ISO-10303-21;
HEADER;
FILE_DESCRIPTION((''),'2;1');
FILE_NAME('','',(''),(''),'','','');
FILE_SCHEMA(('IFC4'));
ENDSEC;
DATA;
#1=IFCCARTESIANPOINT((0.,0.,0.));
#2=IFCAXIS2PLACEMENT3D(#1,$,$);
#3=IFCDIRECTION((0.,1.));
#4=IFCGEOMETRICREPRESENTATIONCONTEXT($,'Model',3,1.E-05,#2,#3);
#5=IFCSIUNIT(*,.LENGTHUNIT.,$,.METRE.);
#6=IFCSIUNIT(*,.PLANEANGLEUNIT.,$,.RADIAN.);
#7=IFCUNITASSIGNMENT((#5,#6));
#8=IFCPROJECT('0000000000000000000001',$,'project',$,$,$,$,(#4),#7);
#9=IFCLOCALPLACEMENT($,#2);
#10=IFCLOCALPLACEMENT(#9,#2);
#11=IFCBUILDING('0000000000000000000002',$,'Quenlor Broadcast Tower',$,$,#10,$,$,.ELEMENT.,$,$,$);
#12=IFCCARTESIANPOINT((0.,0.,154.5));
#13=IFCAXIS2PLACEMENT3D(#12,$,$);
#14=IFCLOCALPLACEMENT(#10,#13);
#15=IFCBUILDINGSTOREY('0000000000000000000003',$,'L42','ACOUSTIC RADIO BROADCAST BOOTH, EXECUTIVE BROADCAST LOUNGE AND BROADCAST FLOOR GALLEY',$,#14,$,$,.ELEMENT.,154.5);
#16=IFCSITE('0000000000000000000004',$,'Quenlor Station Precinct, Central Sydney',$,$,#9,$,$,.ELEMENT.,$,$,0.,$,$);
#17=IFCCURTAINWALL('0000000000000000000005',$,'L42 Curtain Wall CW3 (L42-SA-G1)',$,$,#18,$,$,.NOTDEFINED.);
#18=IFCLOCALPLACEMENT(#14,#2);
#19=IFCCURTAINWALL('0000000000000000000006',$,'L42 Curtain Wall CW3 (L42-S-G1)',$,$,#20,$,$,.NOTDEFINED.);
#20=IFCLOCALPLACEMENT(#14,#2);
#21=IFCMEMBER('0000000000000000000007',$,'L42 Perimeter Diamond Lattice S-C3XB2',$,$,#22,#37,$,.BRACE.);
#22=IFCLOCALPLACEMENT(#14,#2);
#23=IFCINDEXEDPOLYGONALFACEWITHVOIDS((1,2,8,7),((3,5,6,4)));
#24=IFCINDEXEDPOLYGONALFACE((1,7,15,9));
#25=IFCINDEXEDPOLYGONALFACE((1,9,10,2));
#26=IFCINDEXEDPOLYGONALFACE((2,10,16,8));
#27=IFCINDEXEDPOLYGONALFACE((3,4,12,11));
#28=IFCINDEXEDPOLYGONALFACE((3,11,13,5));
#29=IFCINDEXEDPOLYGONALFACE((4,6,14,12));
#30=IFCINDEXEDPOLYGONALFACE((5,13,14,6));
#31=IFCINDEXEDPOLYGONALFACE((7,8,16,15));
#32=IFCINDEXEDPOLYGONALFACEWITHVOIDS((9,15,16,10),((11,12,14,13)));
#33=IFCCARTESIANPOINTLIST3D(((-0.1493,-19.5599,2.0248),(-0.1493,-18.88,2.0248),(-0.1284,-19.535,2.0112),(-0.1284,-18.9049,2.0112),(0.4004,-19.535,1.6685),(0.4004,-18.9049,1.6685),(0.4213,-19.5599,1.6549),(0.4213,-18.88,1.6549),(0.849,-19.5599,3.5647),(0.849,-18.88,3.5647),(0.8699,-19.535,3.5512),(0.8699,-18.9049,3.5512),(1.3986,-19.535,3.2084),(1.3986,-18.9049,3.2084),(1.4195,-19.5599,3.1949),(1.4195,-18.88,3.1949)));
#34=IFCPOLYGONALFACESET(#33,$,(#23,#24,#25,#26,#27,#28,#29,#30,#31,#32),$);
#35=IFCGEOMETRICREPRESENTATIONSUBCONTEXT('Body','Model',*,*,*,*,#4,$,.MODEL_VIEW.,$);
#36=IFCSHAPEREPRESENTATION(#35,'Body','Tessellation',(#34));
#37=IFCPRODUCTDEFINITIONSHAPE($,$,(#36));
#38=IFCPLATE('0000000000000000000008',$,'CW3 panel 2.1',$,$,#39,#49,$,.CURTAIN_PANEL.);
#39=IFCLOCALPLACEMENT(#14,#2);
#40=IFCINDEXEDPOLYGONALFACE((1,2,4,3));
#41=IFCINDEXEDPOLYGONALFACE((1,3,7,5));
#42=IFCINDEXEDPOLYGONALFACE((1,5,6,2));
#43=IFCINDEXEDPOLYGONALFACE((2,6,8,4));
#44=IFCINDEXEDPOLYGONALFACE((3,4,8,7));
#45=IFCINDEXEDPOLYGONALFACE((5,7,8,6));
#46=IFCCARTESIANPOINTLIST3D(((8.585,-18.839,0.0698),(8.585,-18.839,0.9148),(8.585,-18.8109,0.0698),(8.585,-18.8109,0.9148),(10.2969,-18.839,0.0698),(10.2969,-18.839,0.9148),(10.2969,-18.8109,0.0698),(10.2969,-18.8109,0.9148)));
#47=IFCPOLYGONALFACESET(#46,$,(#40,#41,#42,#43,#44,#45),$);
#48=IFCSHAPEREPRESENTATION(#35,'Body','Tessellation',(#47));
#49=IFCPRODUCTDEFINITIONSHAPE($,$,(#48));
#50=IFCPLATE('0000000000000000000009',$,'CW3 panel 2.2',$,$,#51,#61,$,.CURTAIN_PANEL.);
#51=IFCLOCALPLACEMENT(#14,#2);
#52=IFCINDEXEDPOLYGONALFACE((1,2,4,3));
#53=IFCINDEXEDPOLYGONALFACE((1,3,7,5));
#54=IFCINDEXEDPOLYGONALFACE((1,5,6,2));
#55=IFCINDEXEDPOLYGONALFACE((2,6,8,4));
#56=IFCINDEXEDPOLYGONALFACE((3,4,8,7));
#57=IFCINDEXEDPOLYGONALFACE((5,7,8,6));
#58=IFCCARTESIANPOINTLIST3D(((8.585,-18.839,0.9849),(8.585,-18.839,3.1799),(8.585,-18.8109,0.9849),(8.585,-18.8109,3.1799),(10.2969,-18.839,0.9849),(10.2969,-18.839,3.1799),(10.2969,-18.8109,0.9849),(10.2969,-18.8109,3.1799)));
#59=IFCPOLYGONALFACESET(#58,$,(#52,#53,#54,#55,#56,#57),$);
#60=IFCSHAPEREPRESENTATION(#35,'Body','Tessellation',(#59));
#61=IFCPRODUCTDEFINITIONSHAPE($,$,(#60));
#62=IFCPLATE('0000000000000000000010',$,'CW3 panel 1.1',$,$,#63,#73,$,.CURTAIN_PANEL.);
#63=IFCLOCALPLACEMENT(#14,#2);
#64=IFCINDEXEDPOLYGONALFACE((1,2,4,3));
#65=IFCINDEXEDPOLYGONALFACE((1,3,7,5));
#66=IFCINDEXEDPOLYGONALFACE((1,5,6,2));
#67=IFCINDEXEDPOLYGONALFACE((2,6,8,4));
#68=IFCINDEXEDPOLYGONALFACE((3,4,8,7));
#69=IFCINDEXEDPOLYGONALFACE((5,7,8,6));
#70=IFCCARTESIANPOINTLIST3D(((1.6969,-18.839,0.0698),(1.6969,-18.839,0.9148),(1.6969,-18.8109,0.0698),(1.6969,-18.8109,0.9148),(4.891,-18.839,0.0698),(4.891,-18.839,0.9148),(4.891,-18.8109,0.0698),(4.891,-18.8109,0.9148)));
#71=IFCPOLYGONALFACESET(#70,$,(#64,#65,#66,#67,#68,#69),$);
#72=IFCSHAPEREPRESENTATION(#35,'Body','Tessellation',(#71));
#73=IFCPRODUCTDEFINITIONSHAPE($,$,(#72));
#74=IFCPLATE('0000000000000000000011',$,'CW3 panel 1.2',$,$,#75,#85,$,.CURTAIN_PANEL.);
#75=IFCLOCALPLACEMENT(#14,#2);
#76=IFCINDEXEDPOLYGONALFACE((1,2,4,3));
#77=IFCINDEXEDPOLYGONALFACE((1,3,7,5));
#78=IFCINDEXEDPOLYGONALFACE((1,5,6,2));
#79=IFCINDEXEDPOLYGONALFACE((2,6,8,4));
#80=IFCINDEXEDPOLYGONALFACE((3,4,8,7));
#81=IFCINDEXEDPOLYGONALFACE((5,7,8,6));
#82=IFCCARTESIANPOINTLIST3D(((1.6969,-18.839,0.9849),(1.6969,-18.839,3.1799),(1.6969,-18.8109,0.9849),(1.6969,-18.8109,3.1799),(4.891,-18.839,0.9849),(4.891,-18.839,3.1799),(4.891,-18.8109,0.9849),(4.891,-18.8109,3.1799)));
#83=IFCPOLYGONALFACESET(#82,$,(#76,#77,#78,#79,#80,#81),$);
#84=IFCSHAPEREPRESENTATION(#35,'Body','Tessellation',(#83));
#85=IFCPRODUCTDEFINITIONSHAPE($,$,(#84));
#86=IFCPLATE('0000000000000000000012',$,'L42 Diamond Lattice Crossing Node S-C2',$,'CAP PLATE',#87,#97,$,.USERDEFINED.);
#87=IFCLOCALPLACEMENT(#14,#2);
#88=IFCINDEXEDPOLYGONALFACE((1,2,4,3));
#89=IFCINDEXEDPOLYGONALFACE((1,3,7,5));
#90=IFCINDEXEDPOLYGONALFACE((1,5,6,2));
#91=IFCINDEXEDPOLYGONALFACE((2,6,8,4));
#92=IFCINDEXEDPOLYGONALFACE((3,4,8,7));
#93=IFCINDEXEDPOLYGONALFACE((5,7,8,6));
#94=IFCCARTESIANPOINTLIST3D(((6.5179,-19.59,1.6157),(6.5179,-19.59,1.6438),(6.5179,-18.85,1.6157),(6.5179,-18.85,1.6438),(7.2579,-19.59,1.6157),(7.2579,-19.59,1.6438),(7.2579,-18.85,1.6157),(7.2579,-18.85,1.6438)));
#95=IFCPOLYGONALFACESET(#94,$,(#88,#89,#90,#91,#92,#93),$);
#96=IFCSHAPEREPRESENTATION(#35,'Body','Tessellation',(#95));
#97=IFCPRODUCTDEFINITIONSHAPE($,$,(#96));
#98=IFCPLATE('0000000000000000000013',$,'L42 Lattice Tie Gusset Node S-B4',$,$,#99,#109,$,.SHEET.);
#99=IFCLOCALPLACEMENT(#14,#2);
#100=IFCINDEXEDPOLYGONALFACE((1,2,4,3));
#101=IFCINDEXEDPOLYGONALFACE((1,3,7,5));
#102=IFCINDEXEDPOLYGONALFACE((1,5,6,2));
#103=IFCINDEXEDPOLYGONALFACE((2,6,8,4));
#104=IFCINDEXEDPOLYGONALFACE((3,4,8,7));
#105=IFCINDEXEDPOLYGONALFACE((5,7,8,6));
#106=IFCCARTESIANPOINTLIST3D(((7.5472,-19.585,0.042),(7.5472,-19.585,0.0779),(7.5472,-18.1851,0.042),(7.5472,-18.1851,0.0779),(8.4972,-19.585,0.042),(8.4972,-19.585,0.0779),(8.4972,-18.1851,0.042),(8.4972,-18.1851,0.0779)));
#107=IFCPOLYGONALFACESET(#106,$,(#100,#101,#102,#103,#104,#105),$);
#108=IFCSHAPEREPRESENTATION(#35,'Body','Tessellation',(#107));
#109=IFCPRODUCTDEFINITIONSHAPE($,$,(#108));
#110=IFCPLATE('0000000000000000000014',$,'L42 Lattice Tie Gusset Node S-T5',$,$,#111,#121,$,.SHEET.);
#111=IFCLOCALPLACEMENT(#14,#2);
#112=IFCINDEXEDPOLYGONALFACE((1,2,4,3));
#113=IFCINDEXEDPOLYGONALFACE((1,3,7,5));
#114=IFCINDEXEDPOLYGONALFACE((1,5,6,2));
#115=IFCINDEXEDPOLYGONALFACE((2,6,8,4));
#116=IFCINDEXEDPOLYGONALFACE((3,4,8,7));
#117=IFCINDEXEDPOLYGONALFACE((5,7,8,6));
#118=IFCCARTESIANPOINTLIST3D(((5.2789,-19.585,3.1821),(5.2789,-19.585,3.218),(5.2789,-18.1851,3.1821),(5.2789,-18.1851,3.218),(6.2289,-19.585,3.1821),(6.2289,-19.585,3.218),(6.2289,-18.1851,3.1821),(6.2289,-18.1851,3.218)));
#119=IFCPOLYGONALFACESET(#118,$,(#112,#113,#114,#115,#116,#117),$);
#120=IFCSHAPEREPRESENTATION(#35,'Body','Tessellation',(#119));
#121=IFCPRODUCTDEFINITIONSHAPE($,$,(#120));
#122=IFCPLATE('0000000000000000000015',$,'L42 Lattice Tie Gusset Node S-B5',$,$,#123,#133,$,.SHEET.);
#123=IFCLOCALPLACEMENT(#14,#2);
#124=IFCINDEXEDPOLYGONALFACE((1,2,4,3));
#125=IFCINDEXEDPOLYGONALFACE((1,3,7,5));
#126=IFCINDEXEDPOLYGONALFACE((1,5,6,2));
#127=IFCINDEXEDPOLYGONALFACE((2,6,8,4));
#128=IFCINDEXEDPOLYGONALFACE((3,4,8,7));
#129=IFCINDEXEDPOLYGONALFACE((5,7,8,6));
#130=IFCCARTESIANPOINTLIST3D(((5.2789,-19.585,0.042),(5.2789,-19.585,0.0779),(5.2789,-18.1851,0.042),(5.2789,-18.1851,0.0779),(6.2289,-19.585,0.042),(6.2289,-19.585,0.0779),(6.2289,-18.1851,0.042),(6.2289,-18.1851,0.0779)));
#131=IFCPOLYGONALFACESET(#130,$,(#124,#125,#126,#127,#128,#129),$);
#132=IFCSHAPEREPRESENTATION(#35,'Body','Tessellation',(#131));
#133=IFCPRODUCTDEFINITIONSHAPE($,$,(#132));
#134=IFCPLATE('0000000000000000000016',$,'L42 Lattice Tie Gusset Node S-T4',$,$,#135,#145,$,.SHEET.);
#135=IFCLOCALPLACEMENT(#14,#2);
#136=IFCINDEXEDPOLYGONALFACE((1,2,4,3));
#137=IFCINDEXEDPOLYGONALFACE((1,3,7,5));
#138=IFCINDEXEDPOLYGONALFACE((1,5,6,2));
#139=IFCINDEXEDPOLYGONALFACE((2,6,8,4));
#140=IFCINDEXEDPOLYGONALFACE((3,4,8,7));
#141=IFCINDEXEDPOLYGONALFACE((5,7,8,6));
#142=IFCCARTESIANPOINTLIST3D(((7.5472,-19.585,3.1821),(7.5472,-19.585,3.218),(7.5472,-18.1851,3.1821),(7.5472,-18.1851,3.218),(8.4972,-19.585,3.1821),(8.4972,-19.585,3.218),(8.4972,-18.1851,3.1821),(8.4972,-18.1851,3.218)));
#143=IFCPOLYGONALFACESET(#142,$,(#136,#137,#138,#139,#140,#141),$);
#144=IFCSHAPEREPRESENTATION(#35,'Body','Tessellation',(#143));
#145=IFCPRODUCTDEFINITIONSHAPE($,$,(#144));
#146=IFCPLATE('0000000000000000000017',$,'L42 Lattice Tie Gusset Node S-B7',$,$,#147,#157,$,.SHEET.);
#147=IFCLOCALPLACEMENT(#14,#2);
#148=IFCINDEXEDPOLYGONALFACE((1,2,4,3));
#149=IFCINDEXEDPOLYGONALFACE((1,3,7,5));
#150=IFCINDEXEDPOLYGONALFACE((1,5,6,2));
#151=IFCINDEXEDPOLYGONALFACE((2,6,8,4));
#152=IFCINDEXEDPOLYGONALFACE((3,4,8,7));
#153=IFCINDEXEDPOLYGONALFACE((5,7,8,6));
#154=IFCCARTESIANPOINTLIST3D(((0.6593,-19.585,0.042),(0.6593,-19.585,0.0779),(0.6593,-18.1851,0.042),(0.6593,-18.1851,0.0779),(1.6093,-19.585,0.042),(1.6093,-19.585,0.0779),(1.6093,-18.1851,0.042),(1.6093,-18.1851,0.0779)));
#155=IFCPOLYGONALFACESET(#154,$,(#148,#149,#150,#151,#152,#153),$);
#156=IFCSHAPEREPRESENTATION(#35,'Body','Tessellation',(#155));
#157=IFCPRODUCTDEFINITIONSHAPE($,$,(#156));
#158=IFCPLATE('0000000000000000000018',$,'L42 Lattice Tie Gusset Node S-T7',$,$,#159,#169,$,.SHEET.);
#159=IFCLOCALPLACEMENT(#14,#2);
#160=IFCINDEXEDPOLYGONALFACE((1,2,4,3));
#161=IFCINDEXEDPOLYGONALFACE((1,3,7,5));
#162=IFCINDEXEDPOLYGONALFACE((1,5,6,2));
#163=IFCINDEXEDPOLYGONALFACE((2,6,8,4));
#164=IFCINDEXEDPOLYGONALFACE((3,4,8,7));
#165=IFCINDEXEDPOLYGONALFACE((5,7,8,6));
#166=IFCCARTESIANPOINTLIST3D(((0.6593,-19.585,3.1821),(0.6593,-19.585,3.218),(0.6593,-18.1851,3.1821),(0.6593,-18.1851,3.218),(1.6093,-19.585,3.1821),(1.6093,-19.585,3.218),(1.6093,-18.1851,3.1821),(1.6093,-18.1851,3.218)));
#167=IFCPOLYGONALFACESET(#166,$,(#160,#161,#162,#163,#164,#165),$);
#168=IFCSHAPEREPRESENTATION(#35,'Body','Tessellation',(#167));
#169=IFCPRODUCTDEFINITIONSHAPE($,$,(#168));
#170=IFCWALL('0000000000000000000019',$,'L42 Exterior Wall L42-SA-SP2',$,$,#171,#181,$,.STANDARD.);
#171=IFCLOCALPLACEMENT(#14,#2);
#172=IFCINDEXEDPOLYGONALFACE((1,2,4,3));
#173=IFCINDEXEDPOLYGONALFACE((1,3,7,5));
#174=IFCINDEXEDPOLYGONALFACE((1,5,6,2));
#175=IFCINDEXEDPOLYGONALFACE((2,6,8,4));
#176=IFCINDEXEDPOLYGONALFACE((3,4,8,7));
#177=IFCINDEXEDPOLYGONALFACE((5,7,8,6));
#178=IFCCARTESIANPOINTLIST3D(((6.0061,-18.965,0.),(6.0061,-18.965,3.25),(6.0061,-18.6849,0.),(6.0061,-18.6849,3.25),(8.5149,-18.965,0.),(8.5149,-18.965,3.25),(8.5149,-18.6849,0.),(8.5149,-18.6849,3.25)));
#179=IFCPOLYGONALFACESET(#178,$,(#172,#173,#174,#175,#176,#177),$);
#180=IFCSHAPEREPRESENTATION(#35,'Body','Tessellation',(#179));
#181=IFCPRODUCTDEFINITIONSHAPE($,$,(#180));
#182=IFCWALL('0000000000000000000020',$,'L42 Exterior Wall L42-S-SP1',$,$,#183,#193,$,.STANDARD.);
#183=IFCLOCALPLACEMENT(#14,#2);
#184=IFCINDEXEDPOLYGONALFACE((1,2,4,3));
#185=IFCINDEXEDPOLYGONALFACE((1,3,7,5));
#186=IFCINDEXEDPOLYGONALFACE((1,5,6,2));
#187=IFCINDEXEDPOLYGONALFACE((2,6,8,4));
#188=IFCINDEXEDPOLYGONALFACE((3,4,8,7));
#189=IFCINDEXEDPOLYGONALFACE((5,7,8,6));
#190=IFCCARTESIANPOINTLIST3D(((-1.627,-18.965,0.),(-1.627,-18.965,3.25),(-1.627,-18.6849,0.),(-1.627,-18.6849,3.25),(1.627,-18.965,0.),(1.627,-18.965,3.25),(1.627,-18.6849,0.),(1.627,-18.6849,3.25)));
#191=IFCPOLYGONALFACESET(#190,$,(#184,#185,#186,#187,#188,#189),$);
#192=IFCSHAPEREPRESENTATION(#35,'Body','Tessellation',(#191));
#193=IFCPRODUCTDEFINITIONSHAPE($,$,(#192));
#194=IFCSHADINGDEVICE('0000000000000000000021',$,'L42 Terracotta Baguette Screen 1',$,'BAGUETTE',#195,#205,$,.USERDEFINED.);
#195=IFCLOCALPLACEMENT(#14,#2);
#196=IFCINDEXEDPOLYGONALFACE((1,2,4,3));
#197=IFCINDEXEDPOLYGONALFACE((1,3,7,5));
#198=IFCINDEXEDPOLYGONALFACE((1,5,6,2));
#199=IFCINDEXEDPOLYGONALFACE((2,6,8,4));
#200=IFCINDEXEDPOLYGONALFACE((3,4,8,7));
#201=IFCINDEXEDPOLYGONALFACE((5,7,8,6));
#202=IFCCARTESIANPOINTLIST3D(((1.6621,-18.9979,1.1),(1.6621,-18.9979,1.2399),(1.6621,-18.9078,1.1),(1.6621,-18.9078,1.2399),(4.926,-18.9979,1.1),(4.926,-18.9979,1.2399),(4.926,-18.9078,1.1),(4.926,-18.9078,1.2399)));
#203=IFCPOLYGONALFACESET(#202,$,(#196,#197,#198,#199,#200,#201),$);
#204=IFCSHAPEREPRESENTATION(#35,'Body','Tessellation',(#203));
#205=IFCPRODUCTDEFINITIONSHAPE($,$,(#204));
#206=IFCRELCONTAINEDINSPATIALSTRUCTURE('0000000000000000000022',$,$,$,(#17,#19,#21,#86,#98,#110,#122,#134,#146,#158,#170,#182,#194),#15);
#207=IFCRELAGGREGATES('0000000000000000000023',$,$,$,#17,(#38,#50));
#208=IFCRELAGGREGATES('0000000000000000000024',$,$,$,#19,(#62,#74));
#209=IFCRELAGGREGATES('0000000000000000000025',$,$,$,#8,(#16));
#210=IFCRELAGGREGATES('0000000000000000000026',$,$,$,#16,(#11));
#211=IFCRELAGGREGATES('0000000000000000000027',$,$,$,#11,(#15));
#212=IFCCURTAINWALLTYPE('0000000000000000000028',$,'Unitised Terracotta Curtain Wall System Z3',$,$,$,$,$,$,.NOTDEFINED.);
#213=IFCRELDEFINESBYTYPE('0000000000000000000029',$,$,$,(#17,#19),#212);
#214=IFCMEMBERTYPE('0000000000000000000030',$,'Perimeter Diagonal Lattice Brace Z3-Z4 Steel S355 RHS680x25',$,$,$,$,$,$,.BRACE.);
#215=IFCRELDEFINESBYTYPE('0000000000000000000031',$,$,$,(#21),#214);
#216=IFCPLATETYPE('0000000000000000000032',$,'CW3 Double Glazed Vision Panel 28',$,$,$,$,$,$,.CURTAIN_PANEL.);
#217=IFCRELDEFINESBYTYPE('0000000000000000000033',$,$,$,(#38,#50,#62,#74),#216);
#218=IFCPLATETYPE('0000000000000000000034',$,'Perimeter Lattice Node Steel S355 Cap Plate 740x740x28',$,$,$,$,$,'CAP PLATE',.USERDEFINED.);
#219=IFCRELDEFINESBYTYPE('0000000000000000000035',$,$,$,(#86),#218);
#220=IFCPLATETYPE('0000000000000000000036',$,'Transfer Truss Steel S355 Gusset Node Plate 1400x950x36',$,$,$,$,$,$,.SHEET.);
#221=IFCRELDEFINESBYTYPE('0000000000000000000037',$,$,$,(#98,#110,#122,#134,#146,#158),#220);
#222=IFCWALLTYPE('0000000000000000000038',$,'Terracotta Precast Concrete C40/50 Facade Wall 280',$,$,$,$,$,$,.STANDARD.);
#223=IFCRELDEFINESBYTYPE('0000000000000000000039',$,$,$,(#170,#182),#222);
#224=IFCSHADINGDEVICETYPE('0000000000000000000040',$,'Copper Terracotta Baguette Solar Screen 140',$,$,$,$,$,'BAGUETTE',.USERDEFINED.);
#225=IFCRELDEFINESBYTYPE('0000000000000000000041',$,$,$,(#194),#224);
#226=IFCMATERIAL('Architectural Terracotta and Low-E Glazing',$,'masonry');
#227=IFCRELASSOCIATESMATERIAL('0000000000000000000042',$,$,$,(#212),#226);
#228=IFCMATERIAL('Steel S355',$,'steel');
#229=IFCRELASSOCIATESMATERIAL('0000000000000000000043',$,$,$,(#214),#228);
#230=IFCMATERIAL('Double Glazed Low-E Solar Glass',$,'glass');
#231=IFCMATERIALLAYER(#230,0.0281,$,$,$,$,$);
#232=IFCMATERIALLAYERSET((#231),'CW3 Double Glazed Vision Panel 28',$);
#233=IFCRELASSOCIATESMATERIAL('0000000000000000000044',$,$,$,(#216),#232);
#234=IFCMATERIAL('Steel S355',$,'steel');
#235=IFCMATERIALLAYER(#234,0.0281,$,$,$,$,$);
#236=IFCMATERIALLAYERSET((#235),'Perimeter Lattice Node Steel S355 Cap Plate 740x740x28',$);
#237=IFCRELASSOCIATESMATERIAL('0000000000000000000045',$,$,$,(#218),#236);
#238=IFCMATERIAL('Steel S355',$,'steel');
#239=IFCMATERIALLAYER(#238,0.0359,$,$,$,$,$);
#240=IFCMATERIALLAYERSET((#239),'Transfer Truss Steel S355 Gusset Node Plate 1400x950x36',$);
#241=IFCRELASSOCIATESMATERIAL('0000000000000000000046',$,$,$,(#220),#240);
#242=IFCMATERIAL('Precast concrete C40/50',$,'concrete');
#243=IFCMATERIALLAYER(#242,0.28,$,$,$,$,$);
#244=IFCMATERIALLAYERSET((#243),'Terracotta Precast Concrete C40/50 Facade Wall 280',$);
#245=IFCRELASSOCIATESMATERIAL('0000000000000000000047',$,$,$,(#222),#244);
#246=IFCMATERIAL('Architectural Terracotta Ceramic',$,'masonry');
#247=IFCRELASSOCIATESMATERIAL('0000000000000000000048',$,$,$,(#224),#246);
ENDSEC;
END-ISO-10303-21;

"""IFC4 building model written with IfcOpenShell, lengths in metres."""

from ifc_helpers import new_model, si_unit, direction, frame, frame_2d, origin, origin_2d, place, context, subcontext, project, spatial, rectangle, hollow_rectangle, extrude, material, layer, layer_set, material_profile, profile_set, type_object, element, aggregate, save


model = new_model("IFC4")

# Units and contexts
model_context = context("Model", 3, precision=1e-05, world=origin(), true_north=direction((0.0, 1.0)))
body_context = subcontext(model_context, "Body", "Model", "MODEL_VIEW")
ifc_project = project(units=[si_unit("LENGTHUNIT", "METRE"), si_unit("PLANEANGLEUNIT", "RADIAN")], contexts=[model_context])

# Site, building, storey
site_placement = place(None, origin())
site = spatial("IfcSite", under=ifc_project, at=site_placement, Name="Quenlor Station Precinct, Central Sydney", CompositionType="ELEMENT", RefElevation=0.0)
building_placement = place(site_placement, origin())
building = spatial("IfcBuilding", under=site, at=building_placement, Name="Quenlor Broadcast Tower", CompositionType="ELEMENT")
storey_placement = place(building_placement, frame((0.0, 0.0, 154.5)))
storey = spatial("IfcBuildingStorey", under=building, at=storey_placement, Name="L42", Description="ACOUSTIC RADIO BROADCAST BOOTH, EXECUTIVE BROADCAST LOUNGE AND BROADCAST FLOOR GALLEY", CompositionType="ELEMENT", Elevation=154.5)

# Curtain wall
ifc_material_1 = material(Name="Architectural Terracotta and Low-E Glazing", Category="masonry")
curtain_wall_type = type_object("IfcCurtainWallType", Name="Unitised Terracotta Curtain Wall System Z3", PredefinedType="NOTDEFINED", material=ifc_material_1)
curtain_wall_1_placement = place(storey_placement, origin())
curtain_wall_1 = element("IfcCurtainWall", 1, at=curtain_wall_1_placement, inside=storey, type_object=curtain_wall_type, Name="L42 Curtain Wall CW3 (L42-SA-G1)", PredefinedType="NOTDEFINED")

# Curtain wall
curtain_wall_2_placement = place(storey_placement, origin())
curtain_wall_2 = element("IfcCurtainWall", 2, at=curtain_wall_2_placement, inside=storey, type_object=curtain_wall_type, Name="L42 Curtain Wall CW3 (L42-S-G1)", PredefinedType="NOTDEFINED")

# Member
ifc_material_2 = material(Name="Steel S355", Category="steel")
ifc_material_profile_1 = material_profile(ifc_material_2, hollow_rectangle(XDim=0.6799, YDim=0.6799, WallThickness=0.0249, at=origin_2d()))
ifc_profile_set_1 = profile_set([ifc_material_profile_1], Name="Steel S355 RHS680x680x25")
member_type_1 = type_object("IfcMemberType", Name="Perimeter Diagonal Lattice Brace Z3-Z4 Steel S355 RHS680x25", PredefinedType="BRACE", material=ifc_profile_set_1)
member_1_placement = place(storey_placement, frame((0.136, -19.22, 1.8398), z_axis=(0.543941, 0.0, 0.839124), x_axis=(0.0, 1.0, 0.0)))
element("IfcMember", 3, at=member_1_placement, inside=storey, type_object=member_type_1, Name="L42 Perimeter Diamond Lattice S-C3XB2", PredefinedType="BRACE", context=body_context, shape_type="SweptSolid", body=[
    extrude(hollow_rectangle(XDim=0.6799, YDim=0.6799, WallThickness=0.0249, at=origin_2d()), origin(), (0.0, 0.0, 1.0), 1.8352),
])

# Plates
ifc_material_3 = material(Name="Double Glazed Low-E Solar Glass", Category="glass")
ifc_layer_1 = layer(ifc_material_3, 0.0281)
ifc_layer_set_1 = layer_set([ifc_layer_1], Name="CW3 Double Glazed Vision Panel 28")
plate_type_1 = type_object("IfcPlateType", Name="CW3 Double Glazed Vision Panel 28", PredefinedType="CURTAIN_PANEL", material=ifc_layer_set_1)
plate_1_placement = place(storey_placement, frame((9.4409, -18.825, 0.0698), z_axis=(0.0, 0.0, 1.0), x_axis=(-1.0, 0.0, 0.0)))
plate_1 = element("IfcPlate", 4, at=plate_1_placement, type_object=plate_type_1, Name="CW3 panel 2.1", PredefinedType="CURTAIN_PANEL", context=body_context, shape_type="SweptSolid", body=[
    extrude(rectangle(XDim=1.7119, YDim=0.0281, at=origin_2d()), origin(), (0.0, 0.0, 1.0), 0.845),
])
plate_2_placement = place(storey_placement, frame((9.4409, -18.825, 0.9849), z_axis=(0.0, 0.0, 1.0), x_axis=(-1.0, 0.0, 0.0)))
plate_2 = element("IfcPlate", 5, at=plate_2_placement, type_object=plate_type_1, Name="CW3 panel 2.2", PredefinedType="CURTAIN_PANEL", context=body_context, shape_type="SweptSolid", body=[
    extrude(rectangle(XDim=1.7119, YDim=0.0281, at=origin_2d()), origin(), (0.0, 0.0, 1.0), 2.1951),
])
aggregate(curtain_wall_1, [plate_1, plate_2])
plate_3_placement = place(storey_placement, frame((3.2939, -18.825, 0.0698), z_axis=(0.0, 0.0, 1.0), x_axis=(-1.0, 0.0, 0.0)))
plate_3 = element("IfcPlate", 6, at=plate_3_placement, type_object=plate_type_1, Name="CW3 panel 1.1", PredefinedType="CURTAIN_PANEL", context=body_context, shape_type="SweptSolid", body=[
    extrude(rectangle(XDim=3.1941, YDim=0.0281, at=origin_2d()), origin(), (0.0, 0.0, 1.0), 0.845),
])
plate_4_placement = place(storey_placement, frame((3.2939, -18.825, 0.9849), z_axis=(0.0, 0.0, 1.0), x_axis=(-1.0, 0.0, 0.0)))
plate_4 = element("IfcPlate", 7, at=plate_4_placement, type_object=plate_type_1, Name="CW3 panel 1.2", PredefinedType="CURTAIN_PANEL", context=body_context, shape_type="SweptSolid", body=[
    extrude(rectangle(XDim=3.1941, YDim=0.0281, at=origin_2d()), origin(), (0.0, 0.0, 1.0), 2.1951),
])
aggregate(curtain_wall_2, [plate_3, plate_4])

# Plates
ifc_material_4 = material(Name="Steel S355", Category="steel")
ifc_layer_2 = layer(ifc_material_4, 0.0281)
ifc_layer_set_2 = layer_set([ifc_layer_2], Name="Perimeter Lattice Node Steel S355 Cap Plate 740x740x28")
plate_type_2 = type_object("IfcPlateType", Name="Perimeter Lattice Node Steel S355 Cap Plate 740x740x28", ElementType="CAP PLATE", PredefinedType="USERDEFINED", material=ifc_layer_set_2)
plate_5_placement = place(storey_placement, frame((6.8879, -19.22, 1.6157), z_axis=(0.0, 0.0, 1.0), x_axis=(-1.0, 0.0, 0.0)))
element("IfcPlate", 8, at=plate_5_placement, inside=storey, type_object=plate_type_2, Name="L42 Diamond Lattice Crossing Node S-C2", ObjectType="CAP PLATE", PredefinedType="USERDEFINED", context=body_context, shape_type="SweptSolid", body=[
    extrude(rectangle(XDim=0.74, YDim=0.74, at=origin_2d()), origin(), (0.0, 0.0, 1.0), 0.0281),
])
ifc_material_5 = material(Name="Steel S355", Category="steel")
ifc_layer_3 = layer(ifc_material_5, 0.0359)
ifc_layer_set_3 = layer_set([ifc_layer_3], Name="Transfer Truss Steel S355 Gusset Node Plate 1400x950x36")
plate_type_3 = type_object("IfcPlateType", Name="Transfer Truss Steel S355 Gusset Node Plate 1400x950x36", PredefinedType="SHEET", material=ifc_layer_set_3)
for number, where, z_axis, x_axis, name in (
    (9, (8.0222, -18.885, 0.042), (0.0, 0.0, 1.0), (0.0, -1.0, 0.0), "L42 Lattice Tie Gusset Node S-B4"),
    (10, (5.7539, -18.885, 3.1821), (0.0, 0.0, 1.0), (0.0, -1.0, 0.0), "L42 Lattice Tie Gusset Node S-T5"),
    (11, (5.7539, -18.885, 0.042), (0.0, 0.0, 1.0), (0.0, -1.0, 0.0), "L42 Lattice Tie Gusset Node S-B5"),
    (12, (8.0222, -18.885, 3.1821), (0.0, 0.0, 1.0), (0.0, -1.0, 0.0), "L42 Lattice Tie Gusset Node S-T4"),
    (13, (1.1343, -18.885, 0.042), (0.0, 0.0, 1.0), (0.0, -1.0, 0.0), "L42 Lattice Tie Gusset Node S-B7"),
    (14, (1.1343, -18.885, 3.1821), (0.0, 0.0, 1.0), (0.0, -1.0, 0.0), "L42 Lattice Tie Gusset Node S-T7"),
):
    element("IfcPlate", number, at=place(storey_placement, frame(where, z_axis=z_axis, x_axis=x_axis)), inside=storey, type_object=plate_type_3, Name=name, PredefinedType="SHEET", context=body_context, shape_type="SweptSolid", body=[
        extrude(rectangle(XDim=1.3999, YDim=0.95, at=origin_2d()), origin(), (0.0, 0.0, 1.0), 0.0359),
    ])

# Walls
ifc_material_6 = material(Name="Precast concrete C40/50", Category="concrete")
ifc_layer_4 = layer(ifc_material_6, 0.28)
ifc_layer_set_4 = layer_set([ifc_layer_4], Name="Terracotta Precast Concrete C40/50 Facade Wall 280")
wall_type = type_object("IfcWallType", Name="Terracotta Precast Concrete C40/50 Facade Wall 280", PredefinedType="STANDARD", material=ifc_layer_set_4)
wall_1_placement = place(storey_placement, frame((8.5149, -18.825, 0.0), z_axis=(0.0, 0.0, 1.0), x_axis=(-1.0, 0.0, 0.0)))
element("IfcWall", 15, at=wall_1_placement, inside=storey, type_object=wall_type, Name="L42 Exterior Wall L42-SA-SP2", PredefinedType="STANDARD", context=body_context, shape_type="SweptSolid", body=[
    extrude(rectangle(XDim=2.5088, YDim=0.28, at=frame_2d((1.2544, 0.0))), origin(), (0.0, 0.0, 1.0), 3.25),
])
wall_2_placement = place(storey_placement, frame((1.627, -18.825, 0.0), z_axis=(0.0, 0.0, 1.0), x_axis=(-1.0, 0.0, 0.0)))
element("IfcWall", 16, at=wall_2_placement, inside=storey, type_object=wall_type, Name="L42 Exterior Wall L42-S-SP1", PredefinedType="STANDARD", context=body_context, shape_type="SweptSolid", body=[
    extrude(rectangle(XDim=3.2539, YDim=0.28, at=frame_2d((1.627, 0.0))), origin(), (0.0, 0.0, 1.0), 3.25),
])

# Shading device
ifc_material_7 = material(Name="Architectural Terracotta Ceramic", Category="masonry")
ifc_material_profile_2 = material_profile(ifc_material_7, rectangle(XDim=0.0901, YDim=0.1399, at=origin_2d()))
ifc_profile_set_2 = profile_set([ifc_material_profile_2], Name="Architectural Terracotta Ceramic BAG90x140")
shading_device_type = type_object("IfcShadingDeviceType", Name="Copper Terracotta Baguette Solar Screen 140", ElementType="BAGUETTE", PredefinedType="USERDEFINED", material=ifc_profile_set_2)
for number, where, z_axis, x_axis, name in (
    (17, (4.926, -18.9529, 1.1699), (-1.0, 0.0, 0.0), (0.0, -1.0, 0.0), "L42 Terracotta Baguette Screen 1"),
):
    element("IfcShadingDevice", number, at=place(storey_placement, frame(where, z_axis=z_axis, x_axis=x_axis)), inside=storey, type_object=shading_device_type, Name=name, ObjectType="BAGUETTE", PredefinedType="USERDEFINED", context=body_context, shape_type="SweptSolid", body=[
        extrude(rectangle(XDim=0.0901, YDim=0.1399, at=origin_2d()), origin(), (0.0, 0.0, 1.0), 3.2639),
    ])

save(model, "model.ifc")
